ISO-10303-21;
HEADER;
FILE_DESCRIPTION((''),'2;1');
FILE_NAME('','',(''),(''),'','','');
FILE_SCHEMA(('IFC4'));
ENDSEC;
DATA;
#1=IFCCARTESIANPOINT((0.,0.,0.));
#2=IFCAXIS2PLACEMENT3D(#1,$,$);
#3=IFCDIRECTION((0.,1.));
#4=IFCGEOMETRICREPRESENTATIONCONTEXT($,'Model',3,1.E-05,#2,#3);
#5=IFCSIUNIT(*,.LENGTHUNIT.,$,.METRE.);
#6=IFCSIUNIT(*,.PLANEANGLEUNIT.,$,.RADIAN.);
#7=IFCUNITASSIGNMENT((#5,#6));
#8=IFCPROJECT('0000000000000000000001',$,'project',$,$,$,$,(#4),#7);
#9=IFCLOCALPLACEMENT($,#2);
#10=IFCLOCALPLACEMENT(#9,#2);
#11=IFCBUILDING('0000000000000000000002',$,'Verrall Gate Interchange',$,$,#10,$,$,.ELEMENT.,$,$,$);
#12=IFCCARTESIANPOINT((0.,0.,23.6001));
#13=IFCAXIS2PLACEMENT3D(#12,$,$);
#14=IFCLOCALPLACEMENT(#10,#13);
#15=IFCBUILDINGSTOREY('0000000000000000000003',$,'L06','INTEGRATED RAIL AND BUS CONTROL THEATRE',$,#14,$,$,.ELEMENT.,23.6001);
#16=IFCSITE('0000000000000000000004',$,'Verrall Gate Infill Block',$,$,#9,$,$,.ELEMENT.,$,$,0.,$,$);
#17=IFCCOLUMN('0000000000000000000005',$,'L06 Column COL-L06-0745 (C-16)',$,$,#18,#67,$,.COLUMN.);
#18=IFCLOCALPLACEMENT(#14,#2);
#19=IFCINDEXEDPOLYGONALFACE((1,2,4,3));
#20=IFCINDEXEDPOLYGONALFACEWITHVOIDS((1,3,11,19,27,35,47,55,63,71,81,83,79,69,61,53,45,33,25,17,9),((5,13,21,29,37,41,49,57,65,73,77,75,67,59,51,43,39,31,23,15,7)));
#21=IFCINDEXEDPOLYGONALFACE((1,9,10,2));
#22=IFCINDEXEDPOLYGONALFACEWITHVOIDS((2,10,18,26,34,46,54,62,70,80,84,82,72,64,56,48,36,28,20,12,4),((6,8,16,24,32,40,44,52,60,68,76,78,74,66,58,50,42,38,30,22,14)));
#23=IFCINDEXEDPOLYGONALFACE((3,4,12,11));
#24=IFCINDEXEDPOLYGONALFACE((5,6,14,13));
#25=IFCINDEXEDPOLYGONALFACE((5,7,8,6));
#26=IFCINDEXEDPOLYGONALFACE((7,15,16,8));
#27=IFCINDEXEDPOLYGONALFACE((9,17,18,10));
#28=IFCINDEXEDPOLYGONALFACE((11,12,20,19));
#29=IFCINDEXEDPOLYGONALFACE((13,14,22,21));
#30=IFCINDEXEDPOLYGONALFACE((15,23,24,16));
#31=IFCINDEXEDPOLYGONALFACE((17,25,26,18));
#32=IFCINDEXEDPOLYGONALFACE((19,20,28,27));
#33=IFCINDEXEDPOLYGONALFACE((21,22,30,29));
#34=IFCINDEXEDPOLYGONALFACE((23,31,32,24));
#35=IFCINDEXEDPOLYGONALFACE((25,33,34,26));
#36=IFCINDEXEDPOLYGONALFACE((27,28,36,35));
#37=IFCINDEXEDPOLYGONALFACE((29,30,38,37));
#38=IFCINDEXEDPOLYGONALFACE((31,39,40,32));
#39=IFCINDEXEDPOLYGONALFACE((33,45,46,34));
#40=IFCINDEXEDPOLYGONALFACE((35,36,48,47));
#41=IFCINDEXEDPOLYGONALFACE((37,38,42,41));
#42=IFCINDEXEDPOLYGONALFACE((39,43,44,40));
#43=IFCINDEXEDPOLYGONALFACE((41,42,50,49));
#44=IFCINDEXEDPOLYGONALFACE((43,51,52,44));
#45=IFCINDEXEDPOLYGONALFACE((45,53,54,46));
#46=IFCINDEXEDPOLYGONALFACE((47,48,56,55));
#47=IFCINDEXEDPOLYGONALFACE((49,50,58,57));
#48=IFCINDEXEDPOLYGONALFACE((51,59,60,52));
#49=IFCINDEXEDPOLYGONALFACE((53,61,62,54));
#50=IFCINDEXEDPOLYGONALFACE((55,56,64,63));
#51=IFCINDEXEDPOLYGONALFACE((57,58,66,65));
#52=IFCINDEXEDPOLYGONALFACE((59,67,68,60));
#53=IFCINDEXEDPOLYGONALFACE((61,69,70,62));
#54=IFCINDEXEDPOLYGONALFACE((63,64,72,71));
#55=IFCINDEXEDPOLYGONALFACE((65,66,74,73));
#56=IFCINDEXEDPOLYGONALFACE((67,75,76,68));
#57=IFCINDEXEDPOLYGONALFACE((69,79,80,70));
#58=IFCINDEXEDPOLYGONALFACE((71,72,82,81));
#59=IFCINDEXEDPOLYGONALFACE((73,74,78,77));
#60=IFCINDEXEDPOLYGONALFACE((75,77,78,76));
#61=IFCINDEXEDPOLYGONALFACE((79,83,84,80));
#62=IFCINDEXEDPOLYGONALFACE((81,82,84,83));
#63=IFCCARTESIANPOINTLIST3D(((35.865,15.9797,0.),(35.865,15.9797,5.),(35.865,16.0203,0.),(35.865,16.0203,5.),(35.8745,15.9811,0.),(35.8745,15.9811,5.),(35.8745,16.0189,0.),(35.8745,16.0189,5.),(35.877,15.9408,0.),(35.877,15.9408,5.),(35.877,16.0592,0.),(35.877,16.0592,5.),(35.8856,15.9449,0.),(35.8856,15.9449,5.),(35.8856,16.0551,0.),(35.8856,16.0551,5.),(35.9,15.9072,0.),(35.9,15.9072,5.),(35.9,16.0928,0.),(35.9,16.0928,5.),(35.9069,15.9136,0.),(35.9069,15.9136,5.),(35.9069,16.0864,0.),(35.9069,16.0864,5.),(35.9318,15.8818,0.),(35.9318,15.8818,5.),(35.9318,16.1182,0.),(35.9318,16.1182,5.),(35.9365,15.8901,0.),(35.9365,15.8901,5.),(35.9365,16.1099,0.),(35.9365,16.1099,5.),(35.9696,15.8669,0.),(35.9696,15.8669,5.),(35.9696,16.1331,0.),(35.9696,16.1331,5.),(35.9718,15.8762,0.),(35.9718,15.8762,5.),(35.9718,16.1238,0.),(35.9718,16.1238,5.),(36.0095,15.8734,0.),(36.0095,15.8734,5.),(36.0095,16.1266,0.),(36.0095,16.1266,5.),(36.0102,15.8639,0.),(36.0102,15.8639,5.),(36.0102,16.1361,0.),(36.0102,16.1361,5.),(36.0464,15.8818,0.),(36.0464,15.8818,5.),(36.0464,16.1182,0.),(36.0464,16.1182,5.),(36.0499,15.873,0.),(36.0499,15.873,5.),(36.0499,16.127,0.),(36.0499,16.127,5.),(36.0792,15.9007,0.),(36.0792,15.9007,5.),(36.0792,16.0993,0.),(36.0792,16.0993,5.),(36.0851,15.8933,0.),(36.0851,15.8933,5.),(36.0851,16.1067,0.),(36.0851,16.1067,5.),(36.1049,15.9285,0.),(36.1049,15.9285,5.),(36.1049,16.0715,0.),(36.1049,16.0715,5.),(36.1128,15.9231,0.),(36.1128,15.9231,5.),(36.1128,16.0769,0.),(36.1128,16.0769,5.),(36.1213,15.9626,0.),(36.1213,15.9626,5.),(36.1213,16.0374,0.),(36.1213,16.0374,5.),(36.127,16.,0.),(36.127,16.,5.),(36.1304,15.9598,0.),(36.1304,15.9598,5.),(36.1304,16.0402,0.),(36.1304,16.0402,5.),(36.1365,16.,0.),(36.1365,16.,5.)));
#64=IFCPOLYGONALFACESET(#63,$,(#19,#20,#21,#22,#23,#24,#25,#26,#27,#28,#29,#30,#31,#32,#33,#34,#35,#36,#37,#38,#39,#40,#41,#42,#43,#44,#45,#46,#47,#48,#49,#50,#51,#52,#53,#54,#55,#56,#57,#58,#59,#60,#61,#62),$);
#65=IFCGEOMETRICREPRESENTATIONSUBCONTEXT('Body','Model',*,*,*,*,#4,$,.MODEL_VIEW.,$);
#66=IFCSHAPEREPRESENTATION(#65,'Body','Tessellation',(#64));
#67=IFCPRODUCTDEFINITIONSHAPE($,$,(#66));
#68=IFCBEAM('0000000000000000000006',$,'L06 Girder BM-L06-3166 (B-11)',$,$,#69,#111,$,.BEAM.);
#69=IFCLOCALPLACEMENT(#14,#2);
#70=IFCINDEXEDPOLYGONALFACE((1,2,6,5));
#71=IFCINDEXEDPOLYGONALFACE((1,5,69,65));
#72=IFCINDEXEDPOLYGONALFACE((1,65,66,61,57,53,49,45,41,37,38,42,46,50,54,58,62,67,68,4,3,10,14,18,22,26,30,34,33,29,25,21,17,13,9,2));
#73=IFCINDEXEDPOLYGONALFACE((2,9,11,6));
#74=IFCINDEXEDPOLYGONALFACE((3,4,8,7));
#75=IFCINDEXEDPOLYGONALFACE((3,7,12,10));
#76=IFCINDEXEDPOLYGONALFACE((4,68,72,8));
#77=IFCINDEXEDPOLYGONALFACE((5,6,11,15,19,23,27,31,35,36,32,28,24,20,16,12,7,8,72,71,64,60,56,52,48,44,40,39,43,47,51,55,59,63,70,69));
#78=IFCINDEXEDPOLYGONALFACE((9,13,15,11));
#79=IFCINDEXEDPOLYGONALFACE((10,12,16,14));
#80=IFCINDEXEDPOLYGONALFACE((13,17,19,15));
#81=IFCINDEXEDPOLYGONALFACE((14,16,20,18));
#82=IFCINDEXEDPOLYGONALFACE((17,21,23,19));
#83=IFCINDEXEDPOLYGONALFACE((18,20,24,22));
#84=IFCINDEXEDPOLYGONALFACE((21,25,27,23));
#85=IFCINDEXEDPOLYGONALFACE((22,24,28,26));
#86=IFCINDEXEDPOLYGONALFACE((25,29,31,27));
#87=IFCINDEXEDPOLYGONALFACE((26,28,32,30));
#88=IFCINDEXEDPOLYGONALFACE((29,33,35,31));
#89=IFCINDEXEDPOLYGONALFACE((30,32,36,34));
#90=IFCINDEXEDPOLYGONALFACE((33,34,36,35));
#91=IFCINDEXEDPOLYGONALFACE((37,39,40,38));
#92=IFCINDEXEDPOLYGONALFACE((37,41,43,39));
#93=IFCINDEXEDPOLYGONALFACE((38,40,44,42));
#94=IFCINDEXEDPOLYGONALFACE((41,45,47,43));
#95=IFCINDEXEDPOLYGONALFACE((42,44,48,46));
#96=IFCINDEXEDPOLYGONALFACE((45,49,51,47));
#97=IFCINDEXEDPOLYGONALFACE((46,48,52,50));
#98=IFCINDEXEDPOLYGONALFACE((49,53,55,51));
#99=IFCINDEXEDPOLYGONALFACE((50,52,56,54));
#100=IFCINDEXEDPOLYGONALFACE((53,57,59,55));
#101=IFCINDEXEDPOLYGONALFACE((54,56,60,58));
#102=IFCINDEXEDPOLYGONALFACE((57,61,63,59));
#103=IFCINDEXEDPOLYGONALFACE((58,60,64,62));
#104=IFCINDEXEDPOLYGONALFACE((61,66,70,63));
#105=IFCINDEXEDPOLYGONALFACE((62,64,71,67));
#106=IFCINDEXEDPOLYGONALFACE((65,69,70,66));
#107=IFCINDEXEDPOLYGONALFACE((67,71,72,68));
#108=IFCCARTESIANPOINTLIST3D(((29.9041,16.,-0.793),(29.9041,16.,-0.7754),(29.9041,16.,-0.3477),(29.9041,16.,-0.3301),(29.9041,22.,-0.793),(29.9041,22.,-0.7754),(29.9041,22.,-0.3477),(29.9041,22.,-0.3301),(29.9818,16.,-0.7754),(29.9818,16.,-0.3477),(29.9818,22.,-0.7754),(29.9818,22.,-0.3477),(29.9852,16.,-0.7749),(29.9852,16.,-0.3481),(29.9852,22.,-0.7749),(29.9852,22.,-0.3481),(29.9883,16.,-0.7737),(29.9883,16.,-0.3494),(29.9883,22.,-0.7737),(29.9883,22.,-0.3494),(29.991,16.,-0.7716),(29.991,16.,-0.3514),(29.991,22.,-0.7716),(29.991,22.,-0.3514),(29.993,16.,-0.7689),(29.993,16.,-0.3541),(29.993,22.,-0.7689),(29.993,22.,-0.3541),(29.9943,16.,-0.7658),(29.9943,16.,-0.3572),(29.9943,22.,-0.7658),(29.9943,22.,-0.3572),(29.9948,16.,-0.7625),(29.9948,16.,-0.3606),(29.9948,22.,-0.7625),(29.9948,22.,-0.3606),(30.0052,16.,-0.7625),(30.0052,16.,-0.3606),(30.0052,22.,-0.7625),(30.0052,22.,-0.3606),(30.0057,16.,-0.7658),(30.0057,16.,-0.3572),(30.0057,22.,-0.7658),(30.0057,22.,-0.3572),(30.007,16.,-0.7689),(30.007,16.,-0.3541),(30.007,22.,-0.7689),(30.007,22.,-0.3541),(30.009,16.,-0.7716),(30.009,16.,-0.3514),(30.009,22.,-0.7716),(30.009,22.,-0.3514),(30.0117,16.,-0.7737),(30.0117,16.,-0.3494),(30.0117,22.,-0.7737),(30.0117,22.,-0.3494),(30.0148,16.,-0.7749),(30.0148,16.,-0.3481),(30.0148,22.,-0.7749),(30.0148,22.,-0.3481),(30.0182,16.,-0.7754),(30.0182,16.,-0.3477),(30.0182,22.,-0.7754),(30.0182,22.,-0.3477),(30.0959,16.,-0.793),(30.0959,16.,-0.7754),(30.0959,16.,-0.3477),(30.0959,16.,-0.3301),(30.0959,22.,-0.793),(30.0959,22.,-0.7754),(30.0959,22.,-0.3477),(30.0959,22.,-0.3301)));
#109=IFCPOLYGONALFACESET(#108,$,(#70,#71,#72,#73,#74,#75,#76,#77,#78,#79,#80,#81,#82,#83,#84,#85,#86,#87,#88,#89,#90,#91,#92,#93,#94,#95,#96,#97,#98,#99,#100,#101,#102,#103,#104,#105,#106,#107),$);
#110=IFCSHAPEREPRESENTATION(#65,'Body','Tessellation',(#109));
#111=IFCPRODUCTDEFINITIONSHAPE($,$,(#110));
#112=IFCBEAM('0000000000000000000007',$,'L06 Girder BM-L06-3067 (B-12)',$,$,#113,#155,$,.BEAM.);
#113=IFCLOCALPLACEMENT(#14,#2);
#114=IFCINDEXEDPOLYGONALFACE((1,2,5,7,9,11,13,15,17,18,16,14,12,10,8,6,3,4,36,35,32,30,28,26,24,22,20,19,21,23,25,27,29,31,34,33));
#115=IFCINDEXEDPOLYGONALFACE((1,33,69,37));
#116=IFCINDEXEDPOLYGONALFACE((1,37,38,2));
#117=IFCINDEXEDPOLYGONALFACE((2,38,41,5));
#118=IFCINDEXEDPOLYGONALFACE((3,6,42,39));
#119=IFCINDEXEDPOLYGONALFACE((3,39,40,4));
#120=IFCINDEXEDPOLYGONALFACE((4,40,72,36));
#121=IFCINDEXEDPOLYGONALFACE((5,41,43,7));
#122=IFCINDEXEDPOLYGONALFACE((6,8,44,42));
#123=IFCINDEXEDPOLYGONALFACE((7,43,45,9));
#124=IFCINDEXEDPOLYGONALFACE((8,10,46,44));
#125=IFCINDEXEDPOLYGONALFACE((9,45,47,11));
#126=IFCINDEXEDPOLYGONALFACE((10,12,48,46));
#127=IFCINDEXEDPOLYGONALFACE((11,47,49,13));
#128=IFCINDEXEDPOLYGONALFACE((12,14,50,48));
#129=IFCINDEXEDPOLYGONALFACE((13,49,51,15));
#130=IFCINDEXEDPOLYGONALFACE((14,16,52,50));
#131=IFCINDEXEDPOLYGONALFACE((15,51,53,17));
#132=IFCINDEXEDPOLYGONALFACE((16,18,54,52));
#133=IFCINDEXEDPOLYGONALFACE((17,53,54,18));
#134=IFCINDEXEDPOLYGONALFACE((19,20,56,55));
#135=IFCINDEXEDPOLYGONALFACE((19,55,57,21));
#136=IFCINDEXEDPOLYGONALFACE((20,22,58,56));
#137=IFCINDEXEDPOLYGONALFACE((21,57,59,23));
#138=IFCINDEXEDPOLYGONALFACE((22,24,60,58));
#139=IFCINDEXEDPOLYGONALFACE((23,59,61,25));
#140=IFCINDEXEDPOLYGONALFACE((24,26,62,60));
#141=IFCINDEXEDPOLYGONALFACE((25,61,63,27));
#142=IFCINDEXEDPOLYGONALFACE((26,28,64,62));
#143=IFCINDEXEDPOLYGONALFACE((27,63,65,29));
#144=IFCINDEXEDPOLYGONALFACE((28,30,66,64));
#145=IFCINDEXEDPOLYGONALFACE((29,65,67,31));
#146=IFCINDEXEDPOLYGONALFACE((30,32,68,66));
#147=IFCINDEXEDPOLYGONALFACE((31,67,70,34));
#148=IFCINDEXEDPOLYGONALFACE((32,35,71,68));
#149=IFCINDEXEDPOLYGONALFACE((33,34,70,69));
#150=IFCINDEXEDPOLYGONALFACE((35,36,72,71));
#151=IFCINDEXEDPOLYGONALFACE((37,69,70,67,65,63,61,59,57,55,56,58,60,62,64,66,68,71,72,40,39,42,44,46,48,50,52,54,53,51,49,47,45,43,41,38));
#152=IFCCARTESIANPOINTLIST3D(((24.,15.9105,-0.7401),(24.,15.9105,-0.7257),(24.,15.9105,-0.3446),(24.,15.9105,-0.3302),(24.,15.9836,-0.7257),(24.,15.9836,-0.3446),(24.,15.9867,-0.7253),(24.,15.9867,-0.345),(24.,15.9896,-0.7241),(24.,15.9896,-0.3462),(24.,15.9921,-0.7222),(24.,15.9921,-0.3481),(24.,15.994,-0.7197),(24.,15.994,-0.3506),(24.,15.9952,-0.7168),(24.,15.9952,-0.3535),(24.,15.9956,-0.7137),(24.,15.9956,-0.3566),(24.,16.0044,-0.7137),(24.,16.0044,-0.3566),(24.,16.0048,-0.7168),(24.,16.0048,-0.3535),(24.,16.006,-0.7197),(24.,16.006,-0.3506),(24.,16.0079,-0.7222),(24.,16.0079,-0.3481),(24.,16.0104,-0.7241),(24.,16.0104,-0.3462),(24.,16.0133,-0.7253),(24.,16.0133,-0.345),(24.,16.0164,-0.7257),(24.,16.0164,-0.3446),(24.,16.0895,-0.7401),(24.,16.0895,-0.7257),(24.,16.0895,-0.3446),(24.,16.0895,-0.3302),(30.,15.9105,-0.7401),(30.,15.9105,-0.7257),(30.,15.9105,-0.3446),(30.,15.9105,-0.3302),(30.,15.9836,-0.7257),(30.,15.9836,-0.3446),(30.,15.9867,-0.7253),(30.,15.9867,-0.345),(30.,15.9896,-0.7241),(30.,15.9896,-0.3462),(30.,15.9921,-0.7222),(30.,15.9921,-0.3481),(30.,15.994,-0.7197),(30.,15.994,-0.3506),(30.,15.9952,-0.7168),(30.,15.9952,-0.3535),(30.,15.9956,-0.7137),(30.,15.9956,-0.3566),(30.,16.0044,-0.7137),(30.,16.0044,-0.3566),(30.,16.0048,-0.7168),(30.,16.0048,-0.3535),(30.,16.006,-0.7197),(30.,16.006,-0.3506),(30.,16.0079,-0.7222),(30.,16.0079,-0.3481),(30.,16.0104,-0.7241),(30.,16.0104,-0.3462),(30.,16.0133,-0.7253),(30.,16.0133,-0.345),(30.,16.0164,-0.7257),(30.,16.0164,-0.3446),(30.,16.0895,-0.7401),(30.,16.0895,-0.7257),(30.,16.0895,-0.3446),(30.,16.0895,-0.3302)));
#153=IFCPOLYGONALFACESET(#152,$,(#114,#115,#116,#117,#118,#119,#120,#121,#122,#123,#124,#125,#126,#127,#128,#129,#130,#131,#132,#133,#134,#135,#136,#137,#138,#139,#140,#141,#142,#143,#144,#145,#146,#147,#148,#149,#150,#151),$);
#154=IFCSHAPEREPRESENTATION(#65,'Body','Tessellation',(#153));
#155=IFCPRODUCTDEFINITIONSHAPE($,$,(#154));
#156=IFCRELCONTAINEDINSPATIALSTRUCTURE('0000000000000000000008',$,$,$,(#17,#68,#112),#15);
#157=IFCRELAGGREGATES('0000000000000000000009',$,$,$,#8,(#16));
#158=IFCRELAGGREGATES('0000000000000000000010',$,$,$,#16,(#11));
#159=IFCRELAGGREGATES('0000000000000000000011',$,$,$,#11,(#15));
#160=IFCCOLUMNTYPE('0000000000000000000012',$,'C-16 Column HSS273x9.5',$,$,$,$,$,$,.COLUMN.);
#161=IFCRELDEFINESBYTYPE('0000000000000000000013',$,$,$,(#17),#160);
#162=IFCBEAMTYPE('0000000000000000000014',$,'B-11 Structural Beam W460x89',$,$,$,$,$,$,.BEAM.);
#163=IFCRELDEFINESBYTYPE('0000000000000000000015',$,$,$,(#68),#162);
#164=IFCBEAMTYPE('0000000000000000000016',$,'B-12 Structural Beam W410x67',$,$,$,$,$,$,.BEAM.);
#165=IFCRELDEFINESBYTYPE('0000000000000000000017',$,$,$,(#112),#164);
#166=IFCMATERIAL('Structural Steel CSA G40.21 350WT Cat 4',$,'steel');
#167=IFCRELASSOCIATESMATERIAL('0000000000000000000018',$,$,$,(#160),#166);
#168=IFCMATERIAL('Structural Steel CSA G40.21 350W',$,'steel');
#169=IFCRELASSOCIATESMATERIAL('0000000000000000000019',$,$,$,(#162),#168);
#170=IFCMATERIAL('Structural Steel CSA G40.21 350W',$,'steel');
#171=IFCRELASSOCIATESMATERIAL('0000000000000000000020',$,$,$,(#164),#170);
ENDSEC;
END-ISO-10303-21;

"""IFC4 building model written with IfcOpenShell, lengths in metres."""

from ifc_helpers import new_model, si_unit, direction, frame, origin, origin_2d, place, context, subcontext, project, spatial, hollow_circle, i_section, extrude, material, material_profile, profile_set, type_object, element, save


model = new_model("IFC4")

# Units and contexts
model_context = context("Model", 3, precision=1e-05, world=origin(), true_north=direction((0.0, 1.0)))
body_context = subcontext(model_context, "Body", "Model", "MODEL_VIEW")
ifc_project = project(units=[si_unit("LENGTHUNIT", "METRE"), si_unit("PLANEANGLEUNIT", "RADIAN")], contexts=[model_context])

# Site, building, storey
site_placement = place(None, origin())
site = spatial("IfcSite", under=ifc_project, at=site_placement, Name="Verrall Gate Infill Block", CompositionType="ELEMENT", RefElevation=0.0)
building_placement = place(site_placement, origin())
building = spatial("IfcBuilding", under=site, at=building_placement, Name="Verrall Gate Interchange", CompositionType="ELEMENT")
storey_placement = place(building_placement, frame((0.0, 0.0, 23.6001)))
storey = spatial("IfcBuildingStorey", under=building, at=storey_placement, Name="L06", Description="INTEGRATED RAIL AND BUS CONTROL THEATRE", CompositionType="ELEMENT", Elevation=23.6001)

# Column
ifc_material_1 = material(Name="Structural Steel CSA G40.21 350WT Cat 4", Category="steel")
ifc_material_profile_1 = material_profile(ifc_material_1, hollow_circle(Radius=0.1365, WallThickness=0.0095, at=origin_2d()), Name="HSS273x9.5")
ifc_profile_set_1 = profile_set([ifc_material_profile_1], Name="Structural Steel CSA G40.21 350WT Cat 4")
column_type_1 = type_object("IfcColumnType", Name="C-16 Column HSS273x9.5", PredefinedType="COLUMN", material=ifc_profile_set_1)
for number, where, z_axis, x_axis, name in (
    (1, (36.0, 16.0, 0.0), (0.0, 0.0, 1.0), (1.0, 0.0, 0.0), "L06 Column COL-L06-0745 (C-16)"),
):
    element("IfcColumn", number, at=place(storey_placement, frame(where, z_axis=z_axis, x_axis=x_axis)), inside=storey, type_object=column_type_1, Name=name, PredefinedType="COLUMN", context=body_context, shape_type="SweptSolid", body=[
        extrude(hollow_circle(Radius=0.1365, WallThickness=0.0095, at=origin_2d()), origin(), (0.0, 0.0, 1.0), 5.0),
    ])

# Beams
ifc_material_2 = material(Name="Structural Steel CSA G40.21 350W", Category="steel")
ifc_material_profile_2 = material_profile(ifc_material_2, i_section(OverallWidth=0.1919, OverallDepth=0.4629, WebThickness=0.0105, FlangeThickness=0.0176, FilletRadius=0.0129, at=origin_2d()), Name="W460x89")
ifc_profile_set_2 = profile_set([ifc_material_profile_2], Name="Structural Steel CSA G40.21 350W")
beam_type_1 = type_object("IfcBeamType", Name="B-11 Structural Beam W460x89", PredefinedType="BEAM", material=ifc_profile_set_2)
beam_1_placement = place(storey_placement, frame((30.0, 16.0, -0.5615), z_axis=(0.0, 1.0, 0.0), x_axis=(-1.0, 0.0, 0.0)))
element("IfcBeam", 2, at=beam_1_placement, inside=storey, type_object=beam_type_1, Name="L06 Girder BM-L06-3166 (B-11)", PredefinedType="BEAM", context=body_context, shape_type="SweptSolid", body=[
    extrude(i_section(OverallWidth=0.1919, OverallDepth=0.4629, WebThickness=0.0105, FlangeThickness=0.0176, FilletRadius=0.0129, at=origin_2d()), origin(), (0.0, 0.0, 1.0), 6.0),
])
ifc_material_3 = material(Name="Structural Steel CSA G40.21 350W", Category="steel")
ifc_material_profile_3 = material_profile(ifc_material_3, i_section(OverallWidth=0.179, OverallDepth=0.4099, WebThickness=0.0088, FlangeThickness=0.0144, FilletRadius=0.012, at=origin_2d()), Name="W410x67")
ifc_profile_set_3 = profile_set([ifc_material_profile_3], Name="Structural Steel CSA G40.21 350W")
beam_type_2 = type_object("IfcBeamType", Name="B-12 Structural Beam W410x67", PredefinedType="BEAM", material=ifc_profile_set_3)
beam_2_placement = place(storey_placement, frame((24.0, 16.0, -0.5352), z_axis=(1.0, 0.0, 0.0), x_axis=(0.0, 1.0, 0.0)))
element("IfcBeam", 3, at=beam_2_placement, inside=storey, type_object=beam_type_2, Name="L06 Girder BM-L06-3067 (B-12)", PredefinedType="BEAM", context=body_context, shape_type="SweptSolid", body=[
    extrude(i_section(OverallWidth=0.179, OverallDepth=0.4099, WebThickness=0.0088, FlangeThickness=0.0144, FilletRadius=0.012, at=origin_2d()), origin(), (0.0, 0.0, 1.0), 6.0),
])

save(model, "model.ifc")
